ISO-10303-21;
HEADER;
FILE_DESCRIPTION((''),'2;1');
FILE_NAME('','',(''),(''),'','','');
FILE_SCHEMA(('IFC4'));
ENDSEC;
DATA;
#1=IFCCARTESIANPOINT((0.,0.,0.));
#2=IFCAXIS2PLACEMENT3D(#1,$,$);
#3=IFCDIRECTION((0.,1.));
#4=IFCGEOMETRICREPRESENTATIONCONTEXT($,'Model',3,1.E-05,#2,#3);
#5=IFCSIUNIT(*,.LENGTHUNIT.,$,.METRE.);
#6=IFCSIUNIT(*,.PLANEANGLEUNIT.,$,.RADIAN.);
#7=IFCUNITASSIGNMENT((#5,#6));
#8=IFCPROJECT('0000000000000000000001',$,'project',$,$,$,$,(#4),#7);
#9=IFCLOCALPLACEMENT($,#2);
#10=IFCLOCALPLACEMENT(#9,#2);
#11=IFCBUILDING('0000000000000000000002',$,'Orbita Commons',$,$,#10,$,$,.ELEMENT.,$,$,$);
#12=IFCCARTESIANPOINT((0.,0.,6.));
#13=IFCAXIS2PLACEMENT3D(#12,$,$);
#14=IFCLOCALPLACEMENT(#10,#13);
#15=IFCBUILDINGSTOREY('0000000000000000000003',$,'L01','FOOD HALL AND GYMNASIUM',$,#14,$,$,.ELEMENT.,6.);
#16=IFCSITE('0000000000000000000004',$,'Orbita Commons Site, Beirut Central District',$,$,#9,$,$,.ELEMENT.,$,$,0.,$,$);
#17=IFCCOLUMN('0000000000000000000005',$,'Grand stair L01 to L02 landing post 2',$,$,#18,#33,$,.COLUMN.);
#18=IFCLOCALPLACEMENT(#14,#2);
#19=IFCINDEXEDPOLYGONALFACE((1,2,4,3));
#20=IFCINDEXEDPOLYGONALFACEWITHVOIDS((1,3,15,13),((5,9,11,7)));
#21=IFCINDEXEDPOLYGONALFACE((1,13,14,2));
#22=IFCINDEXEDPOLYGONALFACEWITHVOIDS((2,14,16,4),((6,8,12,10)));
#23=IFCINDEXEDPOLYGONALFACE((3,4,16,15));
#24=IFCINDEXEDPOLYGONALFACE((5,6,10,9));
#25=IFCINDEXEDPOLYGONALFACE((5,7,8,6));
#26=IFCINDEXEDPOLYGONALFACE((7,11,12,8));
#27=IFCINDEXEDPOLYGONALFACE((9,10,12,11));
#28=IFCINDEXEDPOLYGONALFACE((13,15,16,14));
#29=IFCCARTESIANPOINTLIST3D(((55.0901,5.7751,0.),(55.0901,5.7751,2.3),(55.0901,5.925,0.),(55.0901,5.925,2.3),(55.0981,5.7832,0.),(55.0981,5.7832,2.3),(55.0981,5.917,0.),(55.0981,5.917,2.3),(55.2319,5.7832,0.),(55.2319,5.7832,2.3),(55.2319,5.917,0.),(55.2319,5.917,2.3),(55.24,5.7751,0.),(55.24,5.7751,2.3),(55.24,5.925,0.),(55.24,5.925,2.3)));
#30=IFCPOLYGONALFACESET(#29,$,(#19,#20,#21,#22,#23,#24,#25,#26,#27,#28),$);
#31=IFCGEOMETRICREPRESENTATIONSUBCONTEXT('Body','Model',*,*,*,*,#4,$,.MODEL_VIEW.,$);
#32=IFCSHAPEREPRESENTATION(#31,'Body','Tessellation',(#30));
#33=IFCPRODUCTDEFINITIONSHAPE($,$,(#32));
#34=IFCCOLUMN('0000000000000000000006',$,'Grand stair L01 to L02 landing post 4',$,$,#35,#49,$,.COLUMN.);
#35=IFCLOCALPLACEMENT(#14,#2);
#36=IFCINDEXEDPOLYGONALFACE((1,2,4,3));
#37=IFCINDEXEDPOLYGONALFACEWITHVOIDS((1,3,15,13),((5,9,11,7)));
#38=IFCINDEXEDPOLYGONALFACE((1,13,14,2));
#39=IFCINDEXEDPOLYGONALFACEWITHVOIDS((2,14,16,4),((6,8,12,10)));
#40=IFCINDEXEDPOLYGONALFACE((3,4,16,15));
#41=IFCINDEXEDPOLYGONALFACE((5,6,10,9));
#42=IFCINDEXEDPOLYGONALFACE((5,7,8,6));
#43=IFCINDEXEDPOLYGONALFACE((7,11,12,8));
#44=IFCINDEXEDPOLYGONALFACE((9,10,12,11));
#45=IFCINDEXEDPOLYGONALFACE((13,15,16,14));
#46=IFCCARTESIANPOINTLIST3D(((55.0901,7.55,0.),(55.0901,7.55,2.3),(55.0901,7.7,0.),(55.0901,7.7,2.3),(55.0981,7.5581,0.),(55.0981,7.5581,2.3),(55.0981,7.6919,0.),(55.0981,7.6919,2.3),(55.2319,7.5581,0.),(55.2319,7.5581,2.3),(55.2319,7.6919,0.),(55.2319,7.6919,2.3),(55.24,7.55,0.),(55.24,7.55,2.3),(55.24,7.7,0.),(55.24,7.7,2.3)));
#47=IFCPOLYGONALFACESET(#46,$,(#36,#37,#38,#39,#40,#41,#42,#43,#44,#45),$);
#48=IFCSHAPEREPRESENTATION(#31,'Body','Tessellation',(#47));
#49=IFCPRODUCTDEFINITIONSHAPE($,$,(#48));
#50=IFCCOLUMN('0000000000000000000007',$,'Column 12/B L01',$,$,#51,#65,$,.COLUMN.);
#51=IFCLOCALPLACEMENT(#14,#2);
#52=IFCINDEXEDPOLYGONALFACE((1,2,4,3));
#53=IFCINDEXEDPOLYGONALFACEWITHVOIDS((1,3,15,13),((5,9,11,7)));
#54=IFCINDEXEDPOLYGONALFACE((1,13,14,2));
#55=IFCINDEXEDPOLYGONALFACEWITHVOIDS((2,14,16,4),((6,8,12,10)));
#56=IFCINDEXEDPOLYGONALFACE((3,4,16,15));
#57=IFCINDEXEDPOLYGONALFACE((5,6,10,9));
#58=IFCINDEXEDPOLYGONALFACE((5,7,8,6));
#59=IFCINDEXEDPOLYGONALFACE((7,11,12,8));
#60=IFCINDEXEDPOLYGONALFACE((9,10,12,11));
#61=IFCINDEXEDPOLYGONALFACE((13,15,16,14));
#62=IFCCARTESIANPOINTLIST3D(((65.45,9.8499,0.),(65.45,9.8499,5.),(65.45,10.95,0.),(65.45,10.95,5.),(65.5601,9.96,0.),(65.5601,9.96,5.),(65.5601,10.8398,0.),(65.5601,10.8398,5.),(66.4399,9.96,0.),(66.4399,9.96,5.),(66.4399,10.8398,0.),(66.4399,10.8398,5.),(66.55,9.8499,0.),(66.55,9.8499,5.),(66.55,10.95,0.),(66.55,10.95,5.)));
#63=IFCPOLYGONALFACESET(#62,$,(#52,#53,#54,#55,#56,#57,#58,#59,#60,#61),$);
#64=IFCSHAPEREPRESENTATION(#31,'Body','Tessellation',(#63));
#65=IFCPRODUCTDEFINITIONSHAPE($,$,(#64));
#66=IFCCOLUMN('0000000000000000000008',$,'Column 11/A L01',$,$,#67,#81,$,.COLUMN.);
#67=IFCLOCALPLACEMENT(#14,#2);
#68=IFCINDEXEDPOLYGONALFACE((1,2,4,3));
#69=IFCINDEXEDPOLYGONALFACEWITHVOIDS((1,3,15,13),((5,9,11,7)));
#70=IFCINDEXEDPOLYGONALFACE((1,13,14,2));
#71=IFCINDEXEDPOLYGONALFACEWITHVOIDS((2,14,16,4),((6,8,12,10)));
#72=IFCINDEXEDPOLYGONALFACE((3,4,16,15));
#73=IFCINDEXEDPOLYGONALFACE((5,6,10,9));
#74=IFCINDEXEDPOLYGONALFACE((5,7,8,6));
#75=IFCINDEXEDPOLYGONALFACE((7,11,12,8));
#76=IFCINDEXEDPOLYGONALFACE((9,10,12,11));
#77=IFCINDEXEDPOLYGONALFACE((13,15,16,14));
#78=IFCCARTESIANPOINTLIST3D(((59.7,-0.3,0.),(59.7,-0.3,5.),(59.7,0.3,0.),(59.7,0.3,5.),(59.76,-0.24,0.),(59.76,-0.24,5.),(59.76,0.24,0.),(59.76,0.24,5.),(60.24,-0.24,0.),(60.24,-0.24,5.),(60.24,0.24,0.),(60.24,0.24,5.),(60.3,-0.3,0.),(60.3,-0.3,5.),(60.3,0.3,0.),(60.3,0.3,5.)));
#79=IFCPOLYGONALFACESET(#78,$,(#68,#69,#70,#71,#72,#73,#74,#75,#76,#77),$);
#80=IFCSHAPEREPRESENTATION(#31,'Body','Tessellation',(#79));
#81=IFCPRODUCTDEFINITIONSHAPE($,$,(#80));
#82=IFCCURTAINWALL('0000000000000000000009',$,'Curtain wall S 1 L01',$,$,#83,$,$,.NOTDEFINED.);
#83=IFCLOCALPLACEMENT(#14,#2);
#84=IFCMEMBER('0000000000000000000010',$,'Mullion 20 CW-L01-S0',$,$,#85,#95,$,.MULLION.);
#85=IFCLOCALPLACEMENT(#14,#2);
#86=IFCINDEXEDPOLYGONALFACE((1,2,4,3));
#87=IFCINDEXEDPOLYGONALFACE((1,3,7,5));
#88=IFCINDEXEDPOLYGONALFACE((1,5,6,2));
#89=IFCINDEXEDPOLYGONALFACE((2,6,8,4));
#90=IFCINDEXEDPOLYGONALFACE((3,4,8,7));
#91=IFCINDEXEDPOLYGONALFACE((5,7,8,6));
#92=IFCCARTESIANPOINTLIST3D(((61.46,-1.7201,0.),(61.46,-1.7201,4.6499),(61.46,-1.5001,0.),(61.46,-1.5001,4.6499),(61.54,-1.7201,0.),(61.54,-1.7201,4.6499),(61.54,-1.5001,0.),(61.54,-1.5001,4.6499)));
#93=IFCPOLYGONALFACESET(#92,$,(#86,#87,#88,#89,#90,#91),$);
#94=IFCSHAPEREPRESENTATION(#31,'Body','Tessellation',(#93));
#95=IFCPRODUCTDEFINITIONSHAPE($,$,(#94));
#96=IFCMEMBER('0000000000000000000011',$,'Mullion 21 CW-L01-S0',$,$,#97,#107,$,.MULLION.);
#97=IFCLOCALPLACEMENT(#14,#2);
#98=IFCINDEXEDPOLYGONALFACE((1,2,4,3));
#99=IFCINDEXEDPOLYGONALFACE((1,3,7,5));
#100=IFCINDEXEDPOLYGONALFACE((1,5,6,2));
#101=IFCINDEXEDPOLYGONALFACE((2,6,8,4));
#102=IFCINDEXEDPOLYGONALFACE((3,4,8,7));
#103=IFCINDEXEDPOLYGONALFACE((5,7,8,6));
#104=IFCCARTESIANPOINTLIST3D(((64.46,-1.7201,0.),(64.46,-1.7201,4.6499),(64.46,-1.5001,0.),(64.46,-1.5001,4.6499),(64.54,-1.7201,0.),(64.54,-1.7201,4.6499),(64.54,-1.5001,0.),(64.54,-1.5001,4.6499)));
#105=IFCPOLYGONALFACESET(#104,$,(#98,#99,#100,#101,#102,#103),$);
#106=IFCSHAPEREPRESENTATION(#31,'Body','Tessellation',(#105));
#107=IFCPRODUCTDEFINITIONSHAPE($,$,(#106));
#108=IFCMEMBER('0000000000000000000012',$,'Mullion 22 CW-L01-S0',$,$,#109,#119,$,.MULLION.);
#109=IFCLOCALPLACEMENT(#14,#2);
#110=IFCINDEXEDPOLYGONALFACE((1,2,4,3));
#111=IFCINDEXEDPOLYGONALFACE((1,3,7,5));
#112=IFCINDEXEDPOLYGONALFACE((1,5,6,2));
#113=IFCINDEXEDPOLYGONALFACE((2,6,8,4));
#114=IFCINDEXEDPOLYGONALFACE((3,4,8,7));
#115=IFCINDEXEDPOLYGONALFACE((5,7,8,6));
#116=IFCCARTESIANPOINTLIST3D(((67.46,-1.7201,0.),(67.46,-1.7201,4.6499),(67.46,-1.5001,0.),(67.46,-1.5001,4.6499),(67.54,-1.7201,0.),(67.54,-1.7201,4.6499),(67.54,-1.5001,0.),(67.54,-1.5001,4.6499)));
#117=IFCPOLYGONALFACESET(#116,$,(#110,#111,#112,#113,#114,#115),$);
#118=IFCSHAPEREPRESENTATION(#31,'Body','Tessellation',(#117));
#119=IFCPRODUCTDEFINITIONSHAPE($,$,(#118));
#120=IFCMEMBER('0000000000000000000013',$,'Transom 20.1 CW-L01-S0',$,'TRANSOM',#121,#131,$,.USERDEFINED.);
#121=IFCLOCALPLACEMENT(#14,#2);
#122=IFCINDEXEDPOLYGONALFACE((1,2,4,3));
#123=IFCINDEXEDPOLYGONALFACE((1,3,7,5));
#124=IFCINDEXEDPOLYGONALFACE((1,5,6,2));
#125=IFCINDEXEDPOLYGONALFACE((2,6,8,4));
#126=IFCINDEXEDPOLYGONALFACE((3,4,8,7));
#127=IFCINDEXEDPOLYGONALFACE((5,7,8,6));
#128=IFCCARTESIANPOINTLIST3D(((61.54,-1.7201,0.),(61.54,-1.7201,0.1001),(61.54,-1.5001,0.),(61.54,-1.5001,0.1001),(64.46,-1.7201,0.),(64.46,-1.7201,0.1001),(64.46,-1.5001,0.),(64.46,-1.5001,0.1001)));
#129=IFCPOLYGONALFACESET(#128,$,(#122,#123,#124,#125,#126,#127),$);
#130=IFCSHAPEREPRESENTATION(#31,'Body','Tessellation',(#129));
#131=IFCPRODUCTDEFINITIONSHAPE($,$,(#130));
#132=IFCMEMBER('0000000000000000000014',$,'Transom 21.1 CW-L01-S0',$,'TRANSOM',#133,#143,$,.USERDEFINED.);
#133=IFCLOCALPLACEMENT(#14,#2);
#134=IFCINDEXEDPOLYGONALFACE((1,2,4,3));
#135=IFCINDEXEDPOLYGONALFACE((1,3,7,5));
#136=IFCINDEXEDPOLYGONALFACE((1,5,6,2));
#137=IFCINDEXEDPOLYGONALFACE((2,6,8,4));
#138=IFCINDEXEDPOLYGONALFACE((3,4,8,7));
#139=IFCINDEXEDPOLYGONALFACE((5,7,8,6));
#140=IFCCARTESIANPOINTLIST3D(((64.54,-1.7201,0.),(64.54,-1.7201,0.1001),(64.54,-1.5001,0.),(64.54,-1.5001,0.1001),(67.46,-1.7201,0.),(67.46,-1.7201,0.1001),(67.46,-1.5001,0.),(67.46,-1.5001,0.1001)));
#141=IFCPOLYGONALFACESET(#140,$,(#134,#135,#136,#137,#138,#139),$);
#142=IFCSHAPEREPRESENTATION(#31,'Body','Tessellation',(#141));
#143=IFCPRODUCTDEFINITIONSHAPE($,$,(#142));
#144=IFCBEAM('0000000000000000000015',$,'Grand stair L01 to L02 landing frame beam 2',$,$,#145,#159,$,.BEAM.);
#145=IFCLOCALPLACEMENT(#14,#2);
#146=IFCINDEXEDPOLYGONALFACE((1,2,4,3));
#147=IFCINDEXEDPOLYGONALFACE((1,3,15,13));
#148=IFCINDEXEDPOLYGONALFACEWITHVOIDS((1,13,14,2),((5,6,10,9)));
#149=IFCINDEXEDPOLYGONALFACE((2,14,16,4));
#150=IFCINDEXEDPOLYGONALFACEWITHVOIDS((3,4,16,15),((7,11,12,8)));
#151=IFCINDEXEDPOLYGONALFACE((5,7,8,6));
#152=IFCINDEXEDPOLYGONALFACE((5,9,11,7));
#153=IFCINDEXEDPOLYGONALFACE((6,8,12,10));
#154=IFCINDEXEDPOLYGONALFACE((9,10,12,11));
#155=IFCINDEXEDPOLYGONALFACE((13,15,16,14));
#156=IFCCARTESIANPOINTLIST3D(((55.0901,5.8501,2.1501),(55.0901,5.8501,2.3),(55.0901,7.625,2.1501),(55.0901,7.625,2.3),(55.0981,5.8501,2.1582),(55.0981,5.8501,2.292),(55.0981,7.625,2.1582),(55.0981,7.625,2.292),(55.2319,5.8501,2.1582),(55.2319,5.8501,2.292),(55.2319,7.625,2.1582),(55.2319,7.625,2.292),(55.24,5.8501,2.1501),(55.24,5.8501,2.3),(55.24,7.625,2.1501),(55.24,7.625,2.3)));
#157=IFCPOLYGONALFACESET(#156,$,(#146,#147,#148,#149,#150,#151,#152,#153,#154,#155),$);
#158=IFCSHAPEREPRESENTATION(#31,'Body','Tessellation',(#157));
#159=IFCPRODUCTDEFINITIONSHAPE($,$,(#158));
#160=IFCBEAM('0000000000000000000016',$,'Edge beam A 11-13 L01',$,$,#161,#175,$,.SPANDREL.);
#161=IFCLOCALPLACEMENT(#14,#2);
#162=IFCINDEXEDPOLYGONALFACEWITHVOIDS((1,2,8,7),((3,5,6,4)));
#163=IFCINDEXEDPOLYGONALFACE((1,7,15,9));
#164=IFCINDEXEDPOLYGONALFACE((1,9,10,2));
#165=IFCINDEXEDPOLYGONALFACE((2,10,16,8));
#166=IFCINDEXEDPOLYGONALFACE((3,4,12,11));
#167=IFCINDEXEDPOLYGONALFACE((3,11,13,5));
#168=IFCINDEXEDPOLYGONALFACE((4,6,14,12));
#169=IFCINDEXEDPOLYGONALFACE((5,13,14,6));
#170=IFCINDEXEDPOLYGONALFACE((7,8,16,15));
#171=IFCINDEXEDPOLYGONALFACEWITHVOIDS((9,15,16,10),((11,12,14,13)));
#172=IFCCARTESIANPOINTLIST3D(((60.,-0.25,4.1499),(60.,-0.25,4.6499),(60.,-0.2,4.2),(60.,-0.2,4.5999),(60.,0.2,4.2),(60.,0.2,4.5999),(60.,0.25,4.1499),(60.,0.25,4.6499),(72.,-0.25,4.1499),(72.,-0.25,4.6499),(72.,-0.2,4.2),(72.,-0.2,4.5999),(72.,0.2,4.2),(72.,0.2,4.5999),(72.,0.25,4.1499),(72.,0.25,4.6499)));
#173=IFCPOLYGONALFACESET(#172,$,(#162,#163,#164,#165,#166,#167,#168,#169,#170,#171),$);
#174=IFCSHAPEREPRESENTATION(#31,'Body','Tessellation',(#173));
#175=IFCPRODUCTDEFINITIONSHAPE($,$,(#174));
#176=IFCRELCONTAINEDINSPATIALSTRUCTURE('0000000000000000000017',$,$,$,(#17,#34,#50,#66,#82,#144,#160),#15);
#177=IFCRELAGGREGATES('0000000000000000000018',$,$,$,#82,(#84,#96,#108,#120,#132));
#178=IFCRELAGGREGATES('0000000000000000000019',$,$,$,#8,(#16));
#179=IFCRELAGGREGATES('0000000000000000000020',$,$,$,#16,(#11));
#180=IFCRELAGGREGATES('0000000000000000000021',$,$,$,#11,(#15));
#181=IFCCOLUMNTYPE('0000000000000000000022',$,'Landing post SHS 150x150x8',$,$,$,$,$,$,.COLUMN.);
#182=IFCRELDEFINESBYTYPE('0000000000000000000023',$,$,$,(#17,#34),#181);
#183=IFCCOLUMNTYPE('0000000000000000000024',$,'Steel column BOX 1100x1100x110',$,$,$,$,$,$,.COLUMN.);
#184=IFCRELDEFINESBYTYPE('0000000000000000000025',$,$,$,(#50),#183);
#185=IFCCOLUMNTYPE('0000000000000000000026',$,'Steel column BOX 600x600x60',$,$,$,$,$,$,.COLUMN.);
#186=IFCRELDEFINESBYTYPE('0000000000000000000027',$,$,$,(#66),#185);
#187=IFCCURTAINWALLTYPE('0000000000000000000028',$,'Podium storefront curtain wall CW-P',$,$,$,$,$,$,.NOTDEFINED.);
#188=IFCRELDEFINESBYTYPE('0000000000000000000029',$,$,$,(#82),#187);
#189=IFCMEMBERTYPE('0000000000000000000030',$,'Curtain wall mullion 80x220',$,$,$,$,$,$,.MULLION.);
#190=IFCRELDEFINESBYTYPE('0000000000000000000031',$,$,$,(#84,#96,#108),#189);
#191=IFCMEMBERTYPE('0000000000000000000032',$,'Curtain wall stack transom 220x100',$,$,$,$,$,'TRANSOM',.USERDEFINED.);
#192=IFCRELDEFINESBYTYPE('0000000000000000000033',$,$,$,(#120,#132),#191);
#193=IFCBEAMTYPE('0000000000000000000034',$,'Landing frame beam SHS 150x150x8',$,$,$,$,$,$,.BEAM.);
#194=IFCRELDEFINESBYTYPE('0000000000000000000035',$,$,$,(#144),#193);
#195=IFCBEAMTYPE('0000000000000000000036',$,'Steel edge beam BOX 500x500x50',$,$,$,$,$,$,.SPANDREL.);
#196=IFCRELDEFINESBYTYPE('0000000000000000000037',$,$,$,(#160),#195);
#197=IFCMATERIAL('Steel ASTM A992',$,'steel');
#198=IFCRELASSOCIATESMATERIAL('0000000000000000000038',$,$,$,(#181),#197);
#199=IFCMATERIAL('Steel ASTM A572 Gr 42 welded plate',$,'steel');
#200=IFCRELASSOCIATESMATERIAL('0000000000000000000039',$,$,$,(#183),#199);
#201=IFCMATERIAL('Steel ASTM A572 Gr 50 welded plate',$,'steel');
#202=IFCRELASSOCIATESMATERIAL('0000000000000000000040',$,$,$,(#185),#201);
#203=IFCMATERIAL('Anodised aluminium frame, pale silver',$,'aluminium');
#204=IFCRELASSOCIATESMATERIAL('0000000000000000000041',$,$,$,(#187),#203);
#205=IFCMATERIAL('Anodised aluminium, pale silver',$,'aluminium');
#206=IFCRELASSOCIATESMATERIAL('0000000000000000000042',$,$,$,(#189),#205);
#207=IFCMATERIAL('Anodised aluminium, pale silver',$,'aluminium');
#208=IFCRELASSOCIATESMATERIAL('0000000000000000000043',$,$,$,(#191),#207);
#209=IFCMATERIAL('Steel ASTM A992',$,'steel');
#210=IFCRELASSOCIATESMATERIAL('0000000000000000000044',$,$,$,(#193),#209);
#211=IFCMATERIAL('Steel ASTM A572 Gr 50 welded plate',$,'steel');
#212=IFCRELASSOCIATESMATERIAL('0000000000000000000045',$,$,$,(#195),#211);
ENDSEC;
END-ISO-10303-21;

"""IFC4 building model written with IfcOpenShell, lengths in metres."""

from ifc_helpers import new_model, si_unit, direction, frame, origin, origin_2d, place, context, subcontext, project, spatial, rectangle, hollow_rectangle, extrude, material, material_profile, profile_set, type_object, element, aggregate, save


model = new_model("IFC4")

# Units and contexts
model_context = context("Model", 3, precision=1e-05, world=origin(), true_north=direction((0.0, 1.0)))
body_context = subcontext(model_context, "Body", "Model", "MODEL_VIEW")
ifc_project = project(units=[si_unit("LENGTHUNIT", "METRE"), si_unit("PLANEANGLEUNIT", "RADIAN")], contexts=[model_context])

# Site, building, storey
site_placement = place(None, origin())
site = spatial("IfcSite", under=ifc_project, at=site_placement, Name="Orbita Commons Site, Beirut Central District", CompositionType="ELEMENT", RefElevation=0.0)
building_placement = place(site_placement, origin())
building = spatial("IfcBuilding", under=site, at=building_placement, Name="Orbita Commons", CompositionType="ELEMENT")
storey_placement = place(building_placement, frame((0.0, 0.0, 6.0)))
storey = spatial("IfcBuildingStorey", under=building, at=storey_placement, Name="L01", Description="FOOD HALL AND GYMNASIUM", CompositionType="ELEMENT", Elevation=6.0)

# Columns
ifc_material_1 = material(Name="Steel ASTM A992", Category="steel")
ifc_material_profile_1 = material_profile(ifc_material_1, hollow_rectangle(XDim=0.1499, YDim=0.1499, WallThickness=0.0081, at=origin_2d()), Name="SHS 150x150x8")
ifc_profile_set_1 = profile_set([ifc_material_profile_1], Name="Steel ASTM A992")
column_type_1 = type_object("IfcColumnType", Name="Landing post SHS 150x150x8", PredefinedType="COLUMN", material=ifc_profile_set_1)
for number, where, z_axis, x_axis, name in (
    (1, (55.165, 5.8501, 0.0), (0.0, 0.0, 1.0), (1.0, 0.0, 0.0), "Grand stair L01 to L02 landing post 2"),
    (2, (55.165, 7.625, 0.0), (0.0, 0.0, 1.0), (1.0, 0.0, 0.0), "Grand stair L01 to L02 landing post 4"),
):
    element("IfcColumn", number, at=place(storey_placement, frame(where, z_axis=z_axis, x_axis=x_axis)), inside=storey, type_object=column_type_1, Name=name, PredefinedType="COLUMN", context=body_context, shape_type="SweptSolid", body=[
        extrude(hollow_rectangle(XDim=0.1499, YDim=0.1499, WallThickness=0.0081, at=origin_2d()), origin(), (0.0, 0.0, 1.0), 2.3),
    ])
ifc_material_2 = material(Name="Steel ASTM A572 Gr 42 welded plate", Category="steel")
ifc_material_profile_2 = material_profile(ifc_material_2, hollow_rectangle(XDim=1.1001, YDim=1.1001, WallThickness=0.1101, at=origin_2d()), Name="BOX 1100x1100x110")
ifc_profile_set_2 = profile_set([ifc_material_profile_2], Name="Steel ASTM A572 Gr 42 welded plate")
column_type_2 = type_object("IfcColumnType", Name="Steel column BOX 1100x1100x110", PredefinedType="COLUMN", material=ifc_profile_set_2)
column_1_placement = place(storey_placement, frame((66.0, 10.3999, 0.0), z_axis=(0.0, 0.0, 1.0), x_axis=(1.0, 0.0, 0.0)))
element("IfcColumn", 3, at=column_1_placement, inside=storey, type_object=column_type_2, Name="Column 12/B L01", PredefinedType="COLUMN", context=body_context, shape_type="SweptSolid", body=[
    extrude(hollow_rectangle(XDim=1.1001, YDim=1.1001, WallThickness=0.1101, at=origin_2d()), origin(), (0.0, 0.0, 1.0), 5.0),
])
ifc_material_3 = material(Name="Steel ASTM A572 Gr 50 welded plate", Category="steel")
ifc_material_profile_3 = material_profile(ifc_material_3, hollow_rectangle(XDim=0.6001, YDim=0.6001, WallThickness=0.0601, at=origin_2d()), Name="BOX 600x600x60")
ifc_profile_set_3 = profile_set([ifc_material_profile_3], Name="Steel ASTM A572 Gr 50 welded plate")
column_type_3 = type_object("IfcColumnType", Name="Steel column BOX 600x600x60", PredefinedType="COLUMN", material=ifc_profile_set_3)
column_2_placement = place(storey_placement, frame((60.0, 0.0, 0.0), z_axis=(0.0, 0.0, 1.0), x_axis=(1.0, 0.0, 0.0)))
element("IfcColumn", 4, at=column_2_placement, inside=storey, type_object=column_type_3, Name="Column 11/A L01", PredefinedType="COLUMN", context=body_context, shape_type="SweptSolid", body=[
    extrude(hollow_rectangle(XDim=0.6001, YDim=0.6001, WallThickness=0.0601, at=origin_2d()), origin(), (0.0, 0.0, 1.0), 5.0),
])

# Curtain wall, members
ifc_material_4 = material(Name="Anodised aluminium frame, pale silver", Category="aluminium")
curtain_wall_type = type_object("IfcCurtainWallType", Name="Podium storefront curtain wall CW-P", PredefinedType="NOTDEFINED", material=ifc_material_4)
curtain_wall_placement = place(storey_placement, origin())
curtain_wall = element("IfcCurtainWall", 5, at=curtain_wall_placement, inside=storey, type_object=curtain_wall_type, Name="Curtain wall S 1 L01", PredefinedType="NOTDEFINED")
ifc_material_5 = material(Name="Anodised aluminium, pale silver", Category="aluminium")
ifc_material_profile_4 = material_profile(ifc_material_5, rectangle(XDim=0.0801, YDim=0.22, at=origin_2d()), Name="AL 80x220")
ifc_profile_set_4 = profile_set([ifc_material_profile_4], Name="Anodised aluminium, pale silver")
member_type_1 = type_object("IfcMemberType", Name="Curtain wall mullion 80x220", PredefinedType="MULLION", material=ifc_profile_set_4)
member_1_placement = place(storey_placement, frame((61.5, -1.6101, 0.0), z_axis=(0.0, 0.0, 1.0), x_axis=(1.0, 0.0, 0.0)))
member_1 = element("IfcMember", 6, at=member_1_placement, type_object=member_type_1, Name="Mullion 20 CW-L01-S0", PredefinedType="MULLION", context=body_context, shape_type="SweptSolid", body=[
    extrude(rectangle(XDim=0.0801, YDim=0.22, at=origin_2d()), origin(), (0.0, 0.0, 1.0), 4.6499),
])
member_2_placement = place(storey_placement, frame((64.5, -1.6101, 0.0), z_axis=(0.0, 0.0, 1.0), x_axis=(1.0, 0.0, 0.0)))
member_2 = element("IfcMember", 7, at=member_2_placement, type_object=member_type_1, Name="Mullion 21 CW-L01-S0", PredefinedType="MULLION", context=body_context, shape_type="SweptSolid", body=[
    extrude(rectangle(XDim=0.0801, YDim=0.22, at=origin_2d()), origin(), (0.0, 0.0, 1.0), 4.6499),
])
member_3_placement = place(storey_placement, frame((67.5, -1.6101, 0.0), z_axis=(0.0, 0.0, 1.0), x_axis=(1.0, 0.0, 0.0)))
member_3 = element("IfcMember", 8, at=member_3_placement, type_object=member_type_1, Name="Mullion 22 CW-L01-S0", PredefinedType="MULLION", context=body_context, shape_type="SweptSolid", body=[
    extrude(rectangle(XDim=0.0801, YDim=0.22, at=origin_2d()), origin(), (0.0, 0.0, 1.0), 4.6499),
])
ifc_material_6 = material(Name="Anodised aluminium, pale silver", Category="aluminium")
ifc_material_profile_5 = material_profile(ifc_material_6, rectangle(XDim=0.22, YDim=0.1001, at=origin_2d()), Name="AL 220x100")
ifc_profile_set_5 = profile_set([ifc_material_profile_5], Name="Anodised aluminium, pale silver")
member_type_2 = type_object("IfcMemberType", Name="Curtain wall stack transom 220x100", ElementType="TRANSOM", PredefinedType="USERDEFINED", material=ifc_profile_set_5)
member_4_placement = place(storey_placement, frame((61.54, -1.6101, 0.05), z_axis=(1.0, 0.0, 0.0), x_axis=(0.0, 1.0, 0.0)))
member_4 = element("IfcMember", 9, at=member_4_placement, type_object=member_type_2, Name="Transom 20.1 CW-L01-S0", ObjectType="TRANSOM", PredefinedType="USERDEFINED", context=body_context, shape_type="SweptSolid", body=[
    extrude(rectangle(XDim=0.22, YDim=0.1001, at=origin_2d()), origin(), (0.0, 0.0, 1.0), 2.9199),
])
member_5_placement = place(storey_placement, frame((64.54, -1.6101, 0.05), z_axis=(1.0, 0.0, 0.0), x_axis=(0.0, 1.0, 0.0)))
member_5 = element("IfcMember", 10, at=member_5_placement, type_object=member_type_2, Name="Transom 21.1 CW-L01-S0", ObjectType="TRANSOM", PredefinedType="USERDEFINED", context=body_context, shape_type="SweptSolid", body=[
    extrude(rectangle(XDim=0.22, YDim=0.1001, at=origin_2d()), origin(), (0.0, 0.0, 1.0), 2.9199),
])

# Beams
ifc_material_7 = material(Name="Steel ASTM A992", Category="steel")
ifc_material_profile_6 = material_profile(ifc_material_7, hollow_rectangle(XDim=0.1499, YDim=0.1499, WallThickness=0.0081, at=origin_2d()), Name="SHS 150x150x8")
ifc_profile_set_6 = profile_set([ifc_material_profile_6], Name="Steel ASTM A992")
beam_type_1 = type_object("IfcBeamType", Name="Landing frame beam SHS 150x150x8", PredefinedType="BEAM", material=ifc_profile_set_6)
beam_1_placement = place(storey_placement, frame((55.165, 5.8501, 2.2251), z_axis=(0.0, 1.0, 0.0), x_axis=(-1.0, 0.0, 0.0)))
element("IfcBeam", 11, at=beam_1_placement, inside=storey, type_object=beam_type_1, Name="Grand stair L01 to L02 landing frame beam 2", PredefinedType="BEAM", context=body_context, shape_type="SweptSolid", body=[
    extrude(hollow_rectangle(XDim=0.1499, YDim=0.1499, WallThickness=0.0081, at=origin_2d()), origin(), (0.0, 0.0, 1.0), 1.7749),
])
ifc_material_8 = material(Name="Steel ASTM A572 Gr 50 welded plate", Category="steel")
ifc_material_profile_7 = material_profile(ifc_material_8, hollow_rectangle(XDim=0.5, YDim=0.5, WallThickness=0.05, at=origin_2d()), Name="BOX 500x500x50")
ifc_profile_set_7 = profile_set([ifc_material_profile_7], Name="Steel ASTM A572 Gr 50 welded plate")
beam_type_2 = type_object("IfcBeamType", Name="Steel edge beam BOX 500x500x50", PredefinedType="SPANDREL", material=ifc_profile_set_7)
beam_2_placement = place(storey_placement, frame((60.0, 0.0, 4.3999), z_axis=(1.0, 0.0, 0.0), x_axis=(0.0, 1.0, 0.0)))
element("IfcBeam", 12, at=beam_2_placement, inside=storey, type_object=beam_type_2, Name="Edge beam A 11-13 L01", PredefinedType="SPANDREL", context=body_context, shape_type="SweptSolid", body=[
    extrude(hollow_rectangle(XDim=0.5, YDim=0.5, WallThickness=0.05, at=origin_2d()), origin(), (0.0, 0.0, 1.0), 12.0),
])

aggregate(curtain_wall, [member_1, member_2, member_3, member_4, member_5])

save(model, "model.ifc")
